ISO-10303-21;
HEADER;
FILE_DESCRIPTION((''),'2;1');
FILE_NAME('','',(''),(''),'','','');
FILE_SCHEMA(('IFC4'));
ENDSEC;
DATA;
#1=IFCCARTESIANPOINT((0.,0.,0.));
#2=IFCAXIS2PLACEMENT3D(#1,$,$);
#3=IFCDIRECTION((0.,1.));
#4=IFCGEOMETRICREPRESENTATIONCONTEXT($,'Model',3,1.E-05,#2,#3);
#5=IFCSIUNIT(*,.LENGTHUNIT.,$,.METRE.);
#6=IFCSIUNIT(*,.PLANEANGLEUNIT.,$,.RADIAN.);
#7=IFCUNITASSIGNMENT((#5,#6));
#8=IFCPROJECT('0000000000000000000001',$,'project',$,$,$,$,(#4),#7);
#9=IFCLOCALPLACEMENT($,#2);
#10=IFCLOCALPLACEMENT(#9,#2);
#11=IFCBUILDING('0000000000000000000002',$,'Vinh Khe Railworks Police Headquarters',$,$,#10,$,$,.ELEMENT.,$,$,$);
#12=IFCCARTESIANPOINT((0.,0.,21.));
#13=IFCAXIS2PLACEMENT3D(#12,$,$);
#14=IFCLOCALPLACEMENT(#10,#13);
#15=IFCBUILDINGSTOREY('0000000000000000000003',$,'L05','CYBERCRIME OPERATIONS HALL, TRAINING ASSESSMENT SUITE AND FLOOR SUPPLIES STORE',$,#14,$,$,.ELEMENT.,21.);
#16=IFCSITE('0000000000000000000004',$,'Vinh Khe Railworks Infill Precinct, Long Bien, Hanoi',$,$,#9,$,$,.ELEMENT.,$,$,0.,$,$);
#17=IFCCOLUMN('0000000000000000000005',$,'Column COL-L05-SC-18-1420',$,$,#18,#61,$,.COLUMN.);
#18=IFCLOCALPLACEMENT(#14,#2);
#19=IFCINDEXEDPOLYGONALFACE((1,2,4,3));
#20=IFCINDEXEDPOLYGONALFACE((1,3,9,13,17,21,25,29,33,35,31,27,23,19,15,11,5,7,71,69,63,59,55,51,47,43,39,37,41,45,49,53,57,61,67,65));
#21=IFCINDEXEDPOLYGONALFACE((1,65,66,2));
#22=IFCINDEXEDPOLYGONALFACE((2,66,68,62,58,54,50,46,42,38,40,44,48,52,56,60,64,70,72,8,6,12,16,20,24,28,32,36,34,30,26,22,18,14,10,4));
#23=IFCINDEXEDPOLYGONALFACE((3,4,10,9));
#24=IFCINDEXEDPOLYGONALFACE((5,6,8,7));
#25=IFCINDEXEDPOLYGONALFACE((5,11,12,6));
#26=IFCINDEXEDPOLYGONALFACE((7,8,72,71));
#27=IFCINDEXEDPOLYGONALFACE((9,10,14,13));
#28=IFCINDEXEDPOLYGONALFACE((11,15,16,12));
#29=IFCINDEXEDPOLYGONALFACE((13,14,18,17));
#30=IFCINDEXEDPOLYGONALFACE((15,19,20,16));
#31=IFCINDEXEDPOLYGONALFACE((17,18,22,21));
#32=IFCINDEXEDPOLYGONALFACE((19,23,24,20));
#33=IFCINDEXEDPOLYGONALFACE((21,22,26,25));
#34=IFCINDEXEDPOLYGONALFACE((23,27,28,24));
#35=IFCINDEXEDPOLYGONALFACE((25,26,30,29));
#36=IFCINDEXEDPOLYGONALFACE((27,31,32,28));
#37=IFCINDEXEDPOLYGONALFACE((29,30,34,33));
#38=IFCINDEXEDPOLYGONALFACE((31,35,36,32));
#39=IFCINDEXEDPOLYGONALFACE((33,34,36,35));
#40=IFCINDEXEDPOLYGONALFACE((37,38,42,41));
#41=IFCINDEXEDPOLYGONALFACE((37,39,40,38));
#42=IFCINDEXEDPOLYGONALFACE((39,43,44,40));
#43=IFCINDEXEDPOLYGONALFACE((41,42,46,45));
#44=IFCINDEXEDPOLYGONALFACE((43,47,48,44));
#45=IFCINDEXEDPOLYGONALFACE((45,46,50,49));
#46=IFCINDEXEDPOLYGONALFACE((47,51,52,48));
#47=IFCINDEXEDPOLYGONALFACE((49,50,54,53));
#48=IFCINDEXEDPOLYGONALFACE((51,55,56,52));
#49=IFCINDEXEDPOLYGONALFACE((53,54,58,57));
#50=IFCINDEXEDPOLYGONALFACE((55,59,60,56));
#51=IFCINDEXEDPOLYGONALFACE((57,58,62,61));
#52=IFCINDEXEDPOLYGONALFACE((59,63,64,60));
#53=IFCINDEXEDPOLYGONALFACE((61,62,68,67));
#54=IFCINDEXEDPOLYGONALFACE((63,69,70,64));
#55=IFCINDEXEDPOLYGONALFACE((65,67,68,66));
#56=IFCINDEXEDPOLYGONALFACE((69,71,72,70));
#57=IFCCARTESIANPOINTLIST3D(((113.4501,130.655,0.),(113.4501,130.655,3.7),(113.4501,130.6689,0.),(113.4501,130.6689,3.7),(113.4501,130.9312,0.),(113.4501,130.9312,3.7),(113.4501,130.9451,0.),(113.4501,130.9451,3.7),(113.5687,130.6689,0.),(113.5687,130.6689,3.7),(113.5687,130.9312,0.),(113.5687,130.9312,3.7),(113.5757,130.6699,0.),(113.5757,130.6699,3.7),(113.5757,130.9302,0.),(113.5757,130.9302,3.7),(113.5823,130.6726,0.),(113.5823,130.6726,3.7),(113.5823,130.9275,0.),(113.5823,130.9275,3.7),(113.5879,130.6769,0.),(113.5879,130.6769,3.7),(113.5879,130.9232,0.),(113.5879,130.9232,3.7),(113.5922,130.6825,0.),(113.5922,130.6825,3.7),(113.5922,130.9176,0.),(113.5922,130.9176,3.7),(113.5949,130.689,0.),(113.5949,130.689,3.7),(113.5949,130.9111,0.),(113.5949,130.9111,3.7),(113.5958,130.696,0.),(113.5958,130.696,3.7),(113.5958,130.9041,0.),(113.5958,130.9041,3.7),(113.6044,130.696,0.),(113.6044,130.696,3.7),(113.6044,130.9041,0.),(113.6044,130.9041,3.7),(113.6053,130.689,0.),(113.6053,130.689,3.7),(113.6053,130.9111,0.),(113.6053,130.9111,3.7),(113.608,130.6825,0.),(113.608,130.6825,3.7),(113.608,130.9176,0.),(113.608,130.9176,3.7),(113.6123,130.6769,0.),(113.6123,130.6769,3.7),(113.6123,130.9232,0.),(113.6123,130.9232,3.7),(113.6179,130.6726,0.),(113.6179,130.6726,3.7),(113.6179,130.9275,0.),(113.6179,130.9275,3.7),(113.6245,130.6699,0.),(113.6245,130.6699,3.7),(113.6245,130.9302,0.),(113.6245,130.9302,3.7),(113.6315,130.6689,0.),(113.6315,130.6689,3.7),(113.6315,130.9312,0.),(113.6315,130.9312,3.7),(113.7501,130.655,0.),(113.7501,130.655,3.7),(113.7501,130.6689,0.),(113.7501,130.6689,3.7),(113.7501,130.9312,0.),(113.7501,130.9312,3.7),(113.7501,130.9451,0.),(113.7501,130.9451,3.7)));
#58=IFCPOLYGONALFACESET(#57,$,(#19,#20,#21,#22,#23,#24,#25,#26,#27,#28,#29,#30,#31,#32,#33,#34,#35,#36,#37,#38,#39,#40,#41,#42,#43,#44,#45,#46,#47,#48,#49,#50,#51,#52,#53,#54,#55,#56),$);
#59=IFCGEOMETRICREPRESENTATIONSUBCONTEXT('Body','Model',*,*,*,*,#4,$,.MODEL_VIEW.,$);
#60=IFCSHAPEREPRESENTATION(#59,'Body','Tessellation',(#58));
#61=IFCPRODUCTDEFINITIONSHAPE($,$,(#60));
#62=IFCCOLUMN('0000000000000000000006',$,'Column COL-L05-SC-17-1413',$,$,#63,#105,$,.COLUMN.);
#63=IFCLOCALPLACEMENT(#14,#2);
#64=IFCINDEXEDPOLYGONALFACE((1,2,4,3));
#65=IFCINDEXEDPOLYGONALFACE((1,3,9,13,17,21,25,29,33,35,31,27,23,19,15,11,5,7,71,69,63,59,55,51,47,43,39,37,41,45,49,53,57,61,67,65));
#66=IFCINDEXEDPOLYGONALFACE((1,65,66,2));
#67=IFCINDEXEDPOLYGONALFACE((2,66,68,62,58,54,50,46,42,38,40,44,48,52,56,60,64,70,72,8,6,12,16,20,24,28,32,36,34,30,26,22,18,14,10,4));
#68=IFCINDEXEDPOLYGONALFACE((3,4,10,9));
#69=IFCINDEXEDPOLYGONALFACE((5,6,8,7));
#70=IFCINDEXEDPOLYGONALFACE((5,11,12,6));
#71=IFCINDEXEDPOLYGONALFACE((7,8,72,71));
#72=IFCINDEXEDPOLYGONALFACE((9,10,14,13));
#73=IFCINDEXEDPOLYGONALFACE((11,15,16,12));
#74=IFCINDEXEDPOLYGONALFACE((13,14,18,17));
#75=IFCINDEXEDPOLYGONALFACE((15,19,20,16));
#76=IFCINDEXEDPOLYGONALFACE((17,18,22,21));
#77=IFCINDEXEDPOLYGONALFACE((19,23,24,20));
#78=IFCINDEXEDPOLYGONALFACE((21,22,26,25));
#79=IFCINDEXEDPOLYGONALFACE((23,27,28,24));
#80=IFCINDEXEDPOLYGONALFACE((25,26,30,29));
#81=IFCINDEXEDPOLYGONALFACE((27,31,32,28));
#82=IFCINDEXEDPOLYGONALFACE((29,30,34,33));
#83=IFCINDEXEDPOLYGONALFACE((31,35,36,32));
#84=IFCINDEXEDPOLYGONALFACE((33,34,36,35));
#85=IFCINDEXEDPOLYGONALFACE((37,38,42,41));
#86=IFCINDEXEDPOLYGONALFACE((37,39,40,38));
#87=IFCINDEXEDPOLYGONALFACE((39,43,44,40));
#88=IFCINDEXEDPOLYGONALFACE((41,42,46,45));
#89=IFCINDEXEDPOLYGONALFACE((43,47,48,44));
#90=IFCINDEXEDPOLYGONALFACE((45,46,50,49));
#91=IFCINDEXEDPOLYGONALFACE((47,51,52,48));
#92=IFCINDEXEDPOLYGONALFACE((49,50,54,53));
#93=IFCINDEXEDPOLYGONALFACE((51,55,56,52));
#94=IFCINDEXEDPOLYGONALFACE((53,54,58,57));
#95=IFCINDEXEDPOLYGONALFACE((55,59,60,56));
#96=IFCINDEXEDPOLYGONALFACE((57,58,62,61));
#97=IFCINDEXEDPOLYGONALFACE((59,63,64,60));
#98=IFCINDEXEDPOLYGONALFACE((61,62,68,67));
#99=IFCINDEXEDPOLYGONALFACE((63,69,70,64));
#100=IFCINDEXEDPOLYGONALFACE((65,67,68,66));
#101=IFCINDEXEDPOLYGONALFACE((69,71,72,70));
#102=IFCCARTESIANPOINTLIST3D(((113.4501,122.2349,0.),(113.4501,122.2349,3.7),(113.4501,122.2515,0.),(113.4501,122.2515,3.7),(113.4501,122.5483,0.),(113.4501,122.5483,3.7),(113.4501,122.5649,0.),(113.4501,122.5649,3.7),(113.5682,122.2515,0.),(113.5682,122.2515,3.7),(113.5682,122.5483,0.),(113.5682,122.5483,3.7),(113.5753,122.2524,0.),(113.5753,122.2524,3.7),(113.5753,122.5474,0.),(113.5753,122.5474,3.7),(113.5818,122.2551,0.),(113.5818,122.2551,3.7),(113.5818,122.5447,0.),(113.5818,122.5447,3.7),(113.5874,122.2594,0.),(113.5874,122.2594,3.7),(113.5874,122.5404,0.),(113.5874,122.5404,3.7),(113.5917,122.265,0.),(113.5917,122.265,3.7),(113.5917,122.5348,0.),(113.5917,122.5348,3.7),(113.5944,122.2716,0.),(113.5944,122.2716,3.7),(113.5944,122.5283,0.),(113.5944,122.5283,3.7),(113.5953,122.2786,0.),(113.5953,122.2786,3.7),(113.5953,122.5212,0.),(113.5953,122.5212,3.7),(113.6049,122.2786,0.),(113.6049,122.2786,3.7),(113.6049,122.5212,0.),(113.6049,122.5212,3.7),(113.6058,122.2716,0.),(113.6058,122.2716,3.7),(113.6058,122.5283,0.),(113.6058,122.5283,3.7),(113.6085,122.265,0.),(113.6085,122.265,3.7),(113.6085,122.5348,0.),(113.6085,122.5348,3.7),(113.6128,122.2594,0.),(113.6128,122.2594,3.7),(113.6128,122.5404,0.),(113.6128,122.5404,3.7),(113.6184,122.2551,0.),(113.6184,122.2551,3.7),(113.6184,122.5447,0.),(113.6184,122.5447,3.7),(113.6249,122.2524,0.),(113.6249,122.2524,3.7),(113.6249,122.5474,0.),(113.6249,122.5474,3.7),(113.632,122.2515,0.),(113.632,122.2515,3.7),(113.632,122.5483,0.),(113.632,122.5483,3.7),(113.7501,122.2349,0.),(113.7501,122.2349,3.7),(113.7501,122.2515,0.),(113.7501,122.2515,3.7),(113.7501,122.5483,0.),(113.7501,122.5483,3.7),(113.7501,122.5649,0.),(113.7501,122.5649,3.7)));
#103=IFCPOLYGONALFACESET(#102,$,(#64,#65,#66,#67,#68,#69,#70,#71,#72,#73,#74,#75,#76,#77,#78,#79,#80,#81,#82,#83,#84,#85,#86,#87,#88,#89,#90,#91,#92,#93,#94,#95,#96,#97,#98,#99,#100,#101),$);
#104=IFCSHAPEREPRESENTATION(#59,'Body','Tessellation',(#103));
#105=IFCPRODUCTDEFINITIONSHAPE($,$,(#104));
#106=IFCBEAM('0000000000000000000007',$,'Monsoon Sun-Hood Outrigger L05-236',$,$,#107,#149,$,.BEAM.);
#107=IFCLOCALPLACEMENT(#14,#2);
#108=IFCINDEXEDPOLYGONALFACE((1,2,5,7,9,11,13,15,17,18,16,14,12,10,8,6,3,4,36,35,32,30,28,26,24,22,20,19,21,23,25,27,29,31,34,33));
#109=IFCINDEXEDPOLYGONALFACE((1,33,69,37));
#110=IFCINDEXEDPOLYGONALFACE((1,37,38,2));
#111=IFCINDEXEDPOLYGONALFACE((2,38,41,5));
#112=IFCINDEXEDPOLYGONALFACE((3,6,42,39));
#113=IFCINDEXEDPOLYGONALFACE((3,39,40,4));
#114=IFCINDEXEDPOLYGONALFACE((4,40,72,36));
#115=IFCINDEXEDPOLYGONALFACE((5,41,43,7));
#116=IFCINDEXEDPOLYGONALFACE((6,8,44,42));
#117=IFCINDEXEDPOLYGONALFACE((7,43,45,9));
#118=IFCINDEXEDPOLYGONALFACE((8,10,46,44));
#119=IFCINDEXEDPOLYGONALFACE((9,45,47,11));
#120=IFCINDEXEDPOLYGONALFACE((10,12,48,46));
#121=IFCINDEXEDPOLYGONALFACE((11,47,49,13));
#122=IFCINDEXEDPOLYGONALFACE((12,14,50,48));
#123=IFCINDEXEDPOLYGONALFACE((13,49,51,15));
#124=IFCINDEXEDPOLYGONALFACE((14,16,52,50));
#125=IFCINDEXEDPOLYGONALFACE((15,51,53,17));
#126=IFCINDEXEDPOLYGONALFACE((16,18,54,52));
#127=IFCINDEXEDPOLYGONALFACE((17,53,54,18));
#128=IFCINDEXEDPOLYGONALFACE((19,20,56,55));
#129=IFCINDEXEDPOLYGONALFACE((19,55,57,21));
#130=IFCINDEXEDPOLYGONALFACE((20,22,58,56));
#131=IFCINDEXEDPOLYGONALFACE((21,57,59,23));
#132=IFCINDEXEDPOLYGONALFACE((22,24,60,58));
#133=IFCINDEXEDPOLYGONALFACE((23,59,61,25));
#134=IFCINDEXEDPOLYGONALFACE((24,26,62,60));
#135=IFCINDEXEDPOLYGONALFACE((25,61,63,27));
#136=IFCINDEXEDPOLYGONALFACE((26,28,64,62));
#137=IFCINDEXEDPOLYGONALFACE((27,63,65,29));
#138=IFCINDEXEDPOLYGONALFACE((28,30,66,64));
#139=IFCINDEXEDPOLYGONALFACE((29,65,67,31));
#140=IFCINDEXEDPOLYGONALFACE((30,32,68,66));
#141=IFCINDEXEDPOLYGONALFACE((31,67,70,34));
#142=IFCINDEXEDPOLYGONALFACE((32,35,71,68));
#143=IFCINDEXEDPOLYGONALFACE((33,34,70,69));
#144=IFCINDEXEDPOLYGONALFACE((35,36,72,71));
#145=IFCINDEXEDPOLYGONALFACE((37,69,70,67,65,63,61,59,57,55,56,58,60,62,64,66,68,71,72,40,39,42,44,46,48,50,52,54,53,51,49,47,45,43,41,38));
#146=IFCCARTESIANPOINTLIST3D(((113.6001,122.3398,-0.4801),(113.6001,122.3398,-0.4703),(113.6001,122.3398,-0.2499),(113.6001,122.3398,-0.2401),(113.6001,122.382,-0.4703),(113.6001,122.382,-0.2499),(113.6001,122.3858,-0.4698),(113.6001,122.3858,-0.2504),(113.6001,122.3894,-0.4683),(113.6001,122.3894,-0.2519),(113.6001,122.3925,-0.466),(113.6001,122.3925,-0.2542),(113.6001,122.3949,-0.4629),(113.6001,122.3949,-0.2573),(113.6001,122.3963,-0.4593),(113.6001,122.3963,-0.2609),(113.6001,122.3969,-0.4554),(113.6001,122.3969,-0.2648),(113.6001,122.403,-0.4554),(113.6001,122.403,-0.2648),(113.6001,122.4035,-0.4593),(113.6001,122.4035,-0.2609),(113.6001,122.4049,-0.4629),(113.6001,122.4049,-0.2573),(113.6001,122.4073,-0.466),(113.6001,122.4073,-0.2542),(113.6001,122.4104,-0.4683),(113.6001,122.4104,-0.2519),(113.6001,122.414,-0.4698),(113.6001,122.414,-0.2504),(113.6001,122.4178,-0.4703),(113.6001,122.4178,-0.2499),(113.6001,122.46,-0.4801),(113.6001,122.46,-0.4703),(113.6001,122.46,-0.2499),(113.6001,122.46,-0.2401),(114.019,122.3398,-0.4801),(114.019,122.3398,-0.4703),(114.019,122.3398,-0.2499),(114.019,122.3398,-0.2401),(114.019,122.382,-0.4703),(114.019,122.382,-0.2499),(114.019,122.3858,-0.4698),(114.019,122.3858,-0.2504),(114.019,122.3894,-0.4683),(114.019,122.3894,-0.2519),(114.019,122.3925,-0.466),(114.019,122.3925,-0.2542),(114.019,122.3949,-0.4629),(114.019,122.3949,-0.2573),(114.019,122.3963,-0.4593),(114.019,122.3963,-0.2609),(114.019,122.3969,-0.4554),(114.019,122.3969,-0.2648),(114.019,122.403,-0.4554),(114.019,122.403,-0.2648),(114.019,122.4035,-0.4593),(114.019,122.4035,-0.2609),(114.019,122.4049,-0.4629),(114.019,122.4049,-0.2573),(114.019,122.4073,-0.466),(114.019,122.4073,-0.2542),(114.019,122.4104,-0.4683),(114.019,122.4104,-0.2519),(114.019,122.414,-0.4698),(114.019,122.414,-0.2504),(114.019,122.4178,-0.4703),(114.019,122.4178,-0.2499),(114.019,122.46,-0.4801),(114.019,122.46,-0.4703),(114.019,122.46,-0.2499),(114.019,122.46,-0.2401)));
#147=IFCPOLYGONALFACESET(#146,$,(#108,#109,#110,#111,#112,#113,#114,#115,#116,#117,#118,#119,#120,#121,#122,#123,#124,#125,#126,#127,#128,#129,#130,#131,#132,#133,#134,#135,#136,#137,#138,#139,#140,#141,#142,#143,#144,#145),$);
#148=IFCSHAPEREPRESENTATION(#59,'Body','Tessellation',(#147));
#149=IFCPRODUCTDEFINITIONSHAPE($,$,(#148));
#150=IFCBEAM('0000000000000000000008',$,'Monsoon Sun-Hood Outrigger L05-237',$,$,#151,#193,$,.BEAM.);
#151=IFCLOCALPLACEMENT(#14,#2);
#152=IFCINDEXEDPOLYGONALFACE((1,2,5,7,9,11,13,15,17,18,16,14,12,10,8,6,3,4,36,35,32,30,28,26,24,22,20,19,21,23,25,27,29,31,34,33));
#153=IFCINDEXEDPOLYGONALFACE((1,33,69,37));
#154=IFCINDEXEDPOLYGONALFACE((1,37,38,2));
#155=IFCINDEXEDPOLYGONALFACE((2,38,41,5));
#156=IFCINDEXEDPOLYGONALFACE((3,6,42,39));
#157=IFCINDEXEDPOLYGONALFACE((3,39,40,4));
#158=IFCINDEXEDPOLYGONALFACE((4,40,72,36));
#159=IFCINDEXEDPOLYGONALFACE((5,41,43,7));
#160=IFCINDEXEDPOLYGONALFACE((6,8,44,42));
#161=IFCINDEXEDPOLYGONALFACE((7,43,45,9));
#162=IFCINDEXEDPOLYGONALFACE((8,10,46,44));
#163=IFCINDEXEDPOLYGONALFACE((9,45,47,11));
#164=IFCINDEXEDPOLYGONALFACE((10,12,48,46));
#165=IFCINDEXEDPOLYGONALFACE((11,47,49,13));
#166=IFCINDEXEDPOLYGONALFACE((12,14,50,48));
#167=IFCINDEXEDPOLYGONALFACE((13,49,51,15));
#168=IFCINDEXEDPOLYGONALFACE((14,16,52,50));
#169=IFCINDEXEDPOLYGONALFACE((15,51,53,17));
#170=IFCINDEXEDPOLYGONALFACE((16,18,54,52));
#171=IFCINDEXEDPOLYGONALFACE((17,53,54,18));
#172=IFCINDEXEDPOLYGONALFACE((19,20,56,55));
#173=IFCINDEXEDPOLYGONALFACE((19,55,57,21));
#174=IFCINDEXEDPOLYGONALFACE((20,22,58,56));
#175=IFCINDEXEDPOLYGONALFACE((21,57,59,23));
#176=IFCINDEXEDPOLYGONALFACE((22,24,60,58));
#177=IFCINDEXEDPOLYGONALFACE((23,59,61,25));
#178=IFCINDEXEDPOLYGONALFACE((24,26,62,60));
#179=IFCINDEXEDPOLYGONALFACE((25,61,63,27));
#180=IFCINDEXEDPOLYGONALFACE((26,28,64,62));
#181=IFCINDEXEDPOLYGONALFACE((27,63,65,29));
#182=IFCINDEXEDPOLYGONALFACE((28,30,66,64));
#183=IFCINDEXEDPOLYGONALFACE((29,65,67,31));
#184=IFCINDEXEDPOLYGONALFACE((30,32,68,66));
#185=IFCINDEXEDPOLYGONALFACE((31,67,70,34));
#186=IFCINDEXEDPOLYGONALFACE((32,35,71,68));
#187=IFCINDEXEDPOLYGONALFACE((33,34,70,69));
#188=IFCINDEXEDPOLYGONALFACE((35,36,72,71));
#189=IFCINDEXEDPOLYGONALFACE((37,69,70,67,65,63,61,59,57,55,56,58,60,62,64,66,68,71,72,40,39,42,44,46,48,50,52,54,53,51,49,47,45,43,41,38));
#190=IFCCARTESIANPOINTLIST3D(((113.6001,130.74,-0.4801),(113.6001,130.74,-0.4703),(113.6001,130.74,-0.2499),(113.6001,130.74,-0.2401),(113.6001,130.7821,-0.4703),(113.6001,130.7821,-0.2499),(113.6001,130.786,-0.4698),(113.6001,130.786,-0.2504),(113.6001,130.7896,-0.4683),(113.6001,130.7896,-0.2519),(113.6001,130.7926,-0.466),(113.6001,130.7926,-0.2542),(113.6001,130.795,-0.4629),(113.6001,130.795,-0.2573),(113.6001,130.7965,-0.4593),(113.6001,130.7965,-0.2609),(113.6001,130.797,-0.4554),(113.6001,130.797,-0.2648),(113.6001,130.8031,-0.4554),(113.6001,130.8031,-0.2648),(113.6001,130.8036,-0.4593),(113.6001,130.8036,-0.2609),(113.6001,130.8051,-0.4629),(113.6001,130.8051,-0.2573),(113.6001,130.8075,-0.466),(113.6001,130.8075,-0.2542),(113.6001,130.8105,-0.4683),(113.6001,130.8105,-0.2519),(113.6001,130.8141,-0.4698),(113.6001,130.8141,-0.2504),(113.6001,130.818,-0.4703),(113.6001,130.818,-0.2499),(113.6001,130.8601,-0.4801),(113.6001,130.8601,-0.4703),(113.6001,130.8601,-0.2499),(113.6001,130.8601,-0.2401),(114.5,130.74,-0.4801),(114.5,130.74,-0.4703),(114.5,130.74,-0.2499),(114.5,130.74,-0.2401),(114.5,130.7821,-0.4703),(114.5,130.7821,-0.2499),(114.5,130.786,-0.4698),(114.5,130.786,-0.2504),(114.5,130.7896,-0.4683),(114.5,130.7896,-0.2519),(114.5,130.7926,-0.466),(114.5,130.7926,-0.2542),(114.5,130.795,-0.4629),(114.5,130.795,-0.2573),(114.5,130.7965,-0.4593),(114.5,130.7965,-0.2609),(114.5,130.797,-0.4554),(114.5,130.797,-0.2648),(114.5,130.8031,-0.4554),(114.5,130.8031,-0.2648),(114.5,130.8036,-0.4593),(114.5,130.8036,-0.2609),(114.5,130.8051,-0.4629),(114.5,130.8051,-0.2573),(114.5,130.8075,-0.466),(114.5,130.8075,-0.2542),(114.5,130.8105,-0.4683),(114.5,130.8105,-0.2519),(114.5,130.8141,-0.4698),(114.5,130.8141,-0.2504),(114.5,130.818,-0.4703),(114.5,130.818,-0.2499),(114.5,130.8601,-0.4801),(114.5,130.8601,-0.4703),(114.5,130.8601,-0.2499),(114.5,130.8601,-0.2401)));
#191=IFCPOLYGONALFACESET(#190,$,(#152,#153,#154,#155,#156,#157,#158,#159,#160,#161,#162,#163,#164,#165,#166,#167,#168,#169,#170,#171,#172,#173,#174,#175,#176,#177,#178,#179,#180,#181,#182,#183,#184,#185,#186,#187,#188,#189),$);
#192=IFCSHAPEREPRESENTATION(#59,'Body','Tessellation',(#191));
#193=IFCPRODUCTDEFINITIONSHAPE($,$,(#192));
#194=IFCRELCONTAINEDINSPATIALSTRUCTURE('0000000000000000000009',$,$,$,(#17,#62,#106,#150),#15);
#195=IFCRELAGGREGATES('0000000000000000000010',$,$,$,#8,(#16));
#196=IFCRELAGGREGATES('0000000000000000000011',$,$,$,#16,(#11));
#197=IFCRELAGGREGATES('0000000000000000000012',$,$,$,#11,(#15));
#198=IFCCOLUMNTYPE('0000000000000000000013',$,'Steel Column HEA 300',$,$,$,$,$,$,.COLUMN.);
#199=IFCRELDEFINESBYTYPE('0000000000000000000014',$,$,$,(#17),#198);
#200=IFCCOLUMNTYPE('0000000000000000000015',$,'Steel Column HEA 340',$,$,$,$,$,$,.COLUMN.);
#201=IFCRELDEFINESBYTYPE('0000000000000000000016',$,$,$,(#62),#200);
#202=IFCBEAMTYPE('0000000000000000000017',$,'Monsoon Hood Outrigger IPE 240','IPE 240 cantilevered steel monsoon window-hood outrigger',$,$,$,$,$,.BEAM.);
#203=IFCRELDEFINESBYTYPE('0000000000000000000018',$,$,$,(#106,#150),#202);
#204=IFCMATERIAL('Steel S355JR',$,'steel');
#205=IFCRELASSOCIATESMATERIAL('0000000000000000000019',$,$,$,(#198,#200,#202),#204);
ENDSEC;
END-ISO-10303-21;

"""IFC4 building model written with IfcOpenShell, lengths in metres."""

from ifc_helpers import new_model, si_unit, direction, frame, origin, origin_2d, place, context, subcontext, project, spatial, i_section, extrude, material, material_profile, profile_set, type_object, element, save


model = new_model("IFC4")

# Units and contexts
model_context = context("Model", 3, precision=1e-05, world=origin(), true_north=direction((0.0, 1.0)))
body_context = subcontext(model_context, "Body", "Model", "MODEL_VIEW")
ifc_project = project(units=[si_unit("LENGTHUNIT", "METRE"), si_unit("PLANEANGLEUNIT", "RADIAN")], contexts=[model_context])

# Site, building, storey
site_placement = place(None, origin())
site = spatial("IfcSite", under=ifc_project, at=site_placement, Name="Vinh Khe Railworks Infill Precinct, Long Bien, Hanoi", CompositionType="ELEMENT", RefElevation=0.0)
building_placement = place(site_placement, origin())
building = spatial("IfcBuilding", under=site, at=building_placement, Name="Vinh Khe Railworks Police Headquarters", CompositionType="ELEMENT")
storey_placement = place(building_placement, frame((0.0, 0.0, 21.0)))
storey = spatial("IfcBuildingStorey", under=building, at=storey_placement, Name="L05", Description="CYBERCRIME OPERATIONS HALL, TRAINING ASSESSMENT SUITE AND FLOOR SUPPLIES STORE", CompositionType="ELEMENT", Elevation=21.0)

# Columns
ifc_material_1 = material(Name="Steel S355JR", Category="steel")
ifc_material_profile_1 = material_profile(ifc_material_1, i_section(OverallWidth=0.3, OverallDepth=0.29, WebThickness=0.0085, FlangeThickness=0.0139, FilletRadius=0.0271, at=origin_2d()), Name="HEA 300")
ifc_profile_set_1 = profile_set([ifc_material_profile_1], Name="Steel S355JR")
column_type_1 = type_object("IfcColumnType", Name="Steel Column HEA 300", PredefinedType="COLUMN", material=ifc_profile_set_1)
column_1_placement = place(storey_placement, frame((113.6001, 130.8, 0.0), z_axis=(0.0, 0.0, 1.0), x_axis=(1.0, 0.0, 0.0)))
element("IfcColumn", 1, at=column_1_placement, inside=storey, type_object=column_type_1, Name="Column COL-L05-SC-18-1420", PredefinedType="COLUMN", context=body_context, shape_type="SweptSolid", body=[
    extrude(i_section(OverallWidth=0.3, OverallDepth=0.29, WebThickness=0.0085, FlangeThickness=0.0139, FilletRadius=0.0271, at=origin_2d()), origin(), (0.0, 0.0, 1.0), 3.7),
])
ifc_material_profile_2 = material_profile(ifc_material_1, i_section(OverallWidth=0.3, OverallDepth=0.3301, WebThickness=0.0095, FlangeThickness=0.0166, FilletRadius=0.0271, at=origin_2d()), Name="HEA 340")
ifc_profile_set_2 = profile_set([ifc_material_profile_2], Name="Steel S355JR")
column_type_2 = type_object("IfcColumnType", Name="Steel Column HEA 340", PredefinedType="COLUMN", material=ifc_profile_set_2)
column_2_placement = place(storey_placement, frame((113.6001, 122.3999, 0.0), z_axis=(0.0, 0.0, 1.0), x_axis=(1.0, 0.0, 0.0)))
element("IfcColumn", 2, at=column_2_placement, inside=storey, type_object=column_type_2, Name="Column COL-L05-SC-17-1413", PredefinedType="COLUMN", context=body_context, shape_type="SweptSolid", body=[
    extrude(i_section(OverallWidth=0.3, OverallDepth=0.3301, WebThickness=0.0095, FlangeThickness=0.0166, FilletRadius=0.0271, at=origin_2d()), origin(), (0.0, 0.0, 1.0), 3.7),
])

# Beams
ifc_material_profile_3 = material_profile(ifc_material_1, i_section(OverallWidth=0.1201, OverallDepth=0.24, WebThickness=0.0061, FlangeThickness=0.0098, FilletRadius=0.0149, at=origin_2d()), Name="IPE 240")
ifc_profile_set_3 = profile_set([ifc_material_profile_3], Name="Steel S355JR")
beam_type_1 = type_object("IfcBeamType", Name="Monsoon Hood Outrigger IPE 240", Description="IPE 240 cantilevered steel monsoon window-hood outrigger", PredefinedType="BEAM", material=ifc_profile_set_3)
beam_1_placement = place(storey_placement, frame((113.6001, 122.3999, -0.3601), z_axis=(1.0, 0.0, 0.0), x_axis=(0.0, 1.0, 0.0)))
element("IfcBeam", 3, at=beam_1_placement, inside=storey, type_object=beam_type_1, Name="Monsoon Sun-Hood Outrigger L05-236", PredefinedType="BEAM", context=body_context, shape_type="SweptSolid", body=[
    extrude(i_section(OverallWidth=0.1201, OverallDepth=0.24, WebThickness=0.0061, FlangeThickness=0.0098, FilletRadius=0.0149, at=origin_2d()), origin(), (0.0, 0.0, 1.0), 0.4189),
])
beam_2_placement = place(storey_placement, frame((113.6001, 130.8, -0.3601), z_axis=(1.0, 0.0, 0.0), x_axis=(0.0, 1.0, 0.0)))
element("IfcBeam", 4, at=beam_2_placement, inside=storey, type_object=beam_type_1, Name="Monsoon Sun-Hood Outrigger L05-237", PredefinedType="BEAM", context=body_context, shape_type="SweptSolid", body=[
    extrude(i_section(OverallWidth=0.1201, OverallDepth=0.24, WebThickness=0.0061, FlangeThickness=0.0098, FilletRadius=0.0149, at=origin_2d()), origin(), (0.0, 0.0, 1.0), 0.8999),
])

save(model, "model.ifc")
